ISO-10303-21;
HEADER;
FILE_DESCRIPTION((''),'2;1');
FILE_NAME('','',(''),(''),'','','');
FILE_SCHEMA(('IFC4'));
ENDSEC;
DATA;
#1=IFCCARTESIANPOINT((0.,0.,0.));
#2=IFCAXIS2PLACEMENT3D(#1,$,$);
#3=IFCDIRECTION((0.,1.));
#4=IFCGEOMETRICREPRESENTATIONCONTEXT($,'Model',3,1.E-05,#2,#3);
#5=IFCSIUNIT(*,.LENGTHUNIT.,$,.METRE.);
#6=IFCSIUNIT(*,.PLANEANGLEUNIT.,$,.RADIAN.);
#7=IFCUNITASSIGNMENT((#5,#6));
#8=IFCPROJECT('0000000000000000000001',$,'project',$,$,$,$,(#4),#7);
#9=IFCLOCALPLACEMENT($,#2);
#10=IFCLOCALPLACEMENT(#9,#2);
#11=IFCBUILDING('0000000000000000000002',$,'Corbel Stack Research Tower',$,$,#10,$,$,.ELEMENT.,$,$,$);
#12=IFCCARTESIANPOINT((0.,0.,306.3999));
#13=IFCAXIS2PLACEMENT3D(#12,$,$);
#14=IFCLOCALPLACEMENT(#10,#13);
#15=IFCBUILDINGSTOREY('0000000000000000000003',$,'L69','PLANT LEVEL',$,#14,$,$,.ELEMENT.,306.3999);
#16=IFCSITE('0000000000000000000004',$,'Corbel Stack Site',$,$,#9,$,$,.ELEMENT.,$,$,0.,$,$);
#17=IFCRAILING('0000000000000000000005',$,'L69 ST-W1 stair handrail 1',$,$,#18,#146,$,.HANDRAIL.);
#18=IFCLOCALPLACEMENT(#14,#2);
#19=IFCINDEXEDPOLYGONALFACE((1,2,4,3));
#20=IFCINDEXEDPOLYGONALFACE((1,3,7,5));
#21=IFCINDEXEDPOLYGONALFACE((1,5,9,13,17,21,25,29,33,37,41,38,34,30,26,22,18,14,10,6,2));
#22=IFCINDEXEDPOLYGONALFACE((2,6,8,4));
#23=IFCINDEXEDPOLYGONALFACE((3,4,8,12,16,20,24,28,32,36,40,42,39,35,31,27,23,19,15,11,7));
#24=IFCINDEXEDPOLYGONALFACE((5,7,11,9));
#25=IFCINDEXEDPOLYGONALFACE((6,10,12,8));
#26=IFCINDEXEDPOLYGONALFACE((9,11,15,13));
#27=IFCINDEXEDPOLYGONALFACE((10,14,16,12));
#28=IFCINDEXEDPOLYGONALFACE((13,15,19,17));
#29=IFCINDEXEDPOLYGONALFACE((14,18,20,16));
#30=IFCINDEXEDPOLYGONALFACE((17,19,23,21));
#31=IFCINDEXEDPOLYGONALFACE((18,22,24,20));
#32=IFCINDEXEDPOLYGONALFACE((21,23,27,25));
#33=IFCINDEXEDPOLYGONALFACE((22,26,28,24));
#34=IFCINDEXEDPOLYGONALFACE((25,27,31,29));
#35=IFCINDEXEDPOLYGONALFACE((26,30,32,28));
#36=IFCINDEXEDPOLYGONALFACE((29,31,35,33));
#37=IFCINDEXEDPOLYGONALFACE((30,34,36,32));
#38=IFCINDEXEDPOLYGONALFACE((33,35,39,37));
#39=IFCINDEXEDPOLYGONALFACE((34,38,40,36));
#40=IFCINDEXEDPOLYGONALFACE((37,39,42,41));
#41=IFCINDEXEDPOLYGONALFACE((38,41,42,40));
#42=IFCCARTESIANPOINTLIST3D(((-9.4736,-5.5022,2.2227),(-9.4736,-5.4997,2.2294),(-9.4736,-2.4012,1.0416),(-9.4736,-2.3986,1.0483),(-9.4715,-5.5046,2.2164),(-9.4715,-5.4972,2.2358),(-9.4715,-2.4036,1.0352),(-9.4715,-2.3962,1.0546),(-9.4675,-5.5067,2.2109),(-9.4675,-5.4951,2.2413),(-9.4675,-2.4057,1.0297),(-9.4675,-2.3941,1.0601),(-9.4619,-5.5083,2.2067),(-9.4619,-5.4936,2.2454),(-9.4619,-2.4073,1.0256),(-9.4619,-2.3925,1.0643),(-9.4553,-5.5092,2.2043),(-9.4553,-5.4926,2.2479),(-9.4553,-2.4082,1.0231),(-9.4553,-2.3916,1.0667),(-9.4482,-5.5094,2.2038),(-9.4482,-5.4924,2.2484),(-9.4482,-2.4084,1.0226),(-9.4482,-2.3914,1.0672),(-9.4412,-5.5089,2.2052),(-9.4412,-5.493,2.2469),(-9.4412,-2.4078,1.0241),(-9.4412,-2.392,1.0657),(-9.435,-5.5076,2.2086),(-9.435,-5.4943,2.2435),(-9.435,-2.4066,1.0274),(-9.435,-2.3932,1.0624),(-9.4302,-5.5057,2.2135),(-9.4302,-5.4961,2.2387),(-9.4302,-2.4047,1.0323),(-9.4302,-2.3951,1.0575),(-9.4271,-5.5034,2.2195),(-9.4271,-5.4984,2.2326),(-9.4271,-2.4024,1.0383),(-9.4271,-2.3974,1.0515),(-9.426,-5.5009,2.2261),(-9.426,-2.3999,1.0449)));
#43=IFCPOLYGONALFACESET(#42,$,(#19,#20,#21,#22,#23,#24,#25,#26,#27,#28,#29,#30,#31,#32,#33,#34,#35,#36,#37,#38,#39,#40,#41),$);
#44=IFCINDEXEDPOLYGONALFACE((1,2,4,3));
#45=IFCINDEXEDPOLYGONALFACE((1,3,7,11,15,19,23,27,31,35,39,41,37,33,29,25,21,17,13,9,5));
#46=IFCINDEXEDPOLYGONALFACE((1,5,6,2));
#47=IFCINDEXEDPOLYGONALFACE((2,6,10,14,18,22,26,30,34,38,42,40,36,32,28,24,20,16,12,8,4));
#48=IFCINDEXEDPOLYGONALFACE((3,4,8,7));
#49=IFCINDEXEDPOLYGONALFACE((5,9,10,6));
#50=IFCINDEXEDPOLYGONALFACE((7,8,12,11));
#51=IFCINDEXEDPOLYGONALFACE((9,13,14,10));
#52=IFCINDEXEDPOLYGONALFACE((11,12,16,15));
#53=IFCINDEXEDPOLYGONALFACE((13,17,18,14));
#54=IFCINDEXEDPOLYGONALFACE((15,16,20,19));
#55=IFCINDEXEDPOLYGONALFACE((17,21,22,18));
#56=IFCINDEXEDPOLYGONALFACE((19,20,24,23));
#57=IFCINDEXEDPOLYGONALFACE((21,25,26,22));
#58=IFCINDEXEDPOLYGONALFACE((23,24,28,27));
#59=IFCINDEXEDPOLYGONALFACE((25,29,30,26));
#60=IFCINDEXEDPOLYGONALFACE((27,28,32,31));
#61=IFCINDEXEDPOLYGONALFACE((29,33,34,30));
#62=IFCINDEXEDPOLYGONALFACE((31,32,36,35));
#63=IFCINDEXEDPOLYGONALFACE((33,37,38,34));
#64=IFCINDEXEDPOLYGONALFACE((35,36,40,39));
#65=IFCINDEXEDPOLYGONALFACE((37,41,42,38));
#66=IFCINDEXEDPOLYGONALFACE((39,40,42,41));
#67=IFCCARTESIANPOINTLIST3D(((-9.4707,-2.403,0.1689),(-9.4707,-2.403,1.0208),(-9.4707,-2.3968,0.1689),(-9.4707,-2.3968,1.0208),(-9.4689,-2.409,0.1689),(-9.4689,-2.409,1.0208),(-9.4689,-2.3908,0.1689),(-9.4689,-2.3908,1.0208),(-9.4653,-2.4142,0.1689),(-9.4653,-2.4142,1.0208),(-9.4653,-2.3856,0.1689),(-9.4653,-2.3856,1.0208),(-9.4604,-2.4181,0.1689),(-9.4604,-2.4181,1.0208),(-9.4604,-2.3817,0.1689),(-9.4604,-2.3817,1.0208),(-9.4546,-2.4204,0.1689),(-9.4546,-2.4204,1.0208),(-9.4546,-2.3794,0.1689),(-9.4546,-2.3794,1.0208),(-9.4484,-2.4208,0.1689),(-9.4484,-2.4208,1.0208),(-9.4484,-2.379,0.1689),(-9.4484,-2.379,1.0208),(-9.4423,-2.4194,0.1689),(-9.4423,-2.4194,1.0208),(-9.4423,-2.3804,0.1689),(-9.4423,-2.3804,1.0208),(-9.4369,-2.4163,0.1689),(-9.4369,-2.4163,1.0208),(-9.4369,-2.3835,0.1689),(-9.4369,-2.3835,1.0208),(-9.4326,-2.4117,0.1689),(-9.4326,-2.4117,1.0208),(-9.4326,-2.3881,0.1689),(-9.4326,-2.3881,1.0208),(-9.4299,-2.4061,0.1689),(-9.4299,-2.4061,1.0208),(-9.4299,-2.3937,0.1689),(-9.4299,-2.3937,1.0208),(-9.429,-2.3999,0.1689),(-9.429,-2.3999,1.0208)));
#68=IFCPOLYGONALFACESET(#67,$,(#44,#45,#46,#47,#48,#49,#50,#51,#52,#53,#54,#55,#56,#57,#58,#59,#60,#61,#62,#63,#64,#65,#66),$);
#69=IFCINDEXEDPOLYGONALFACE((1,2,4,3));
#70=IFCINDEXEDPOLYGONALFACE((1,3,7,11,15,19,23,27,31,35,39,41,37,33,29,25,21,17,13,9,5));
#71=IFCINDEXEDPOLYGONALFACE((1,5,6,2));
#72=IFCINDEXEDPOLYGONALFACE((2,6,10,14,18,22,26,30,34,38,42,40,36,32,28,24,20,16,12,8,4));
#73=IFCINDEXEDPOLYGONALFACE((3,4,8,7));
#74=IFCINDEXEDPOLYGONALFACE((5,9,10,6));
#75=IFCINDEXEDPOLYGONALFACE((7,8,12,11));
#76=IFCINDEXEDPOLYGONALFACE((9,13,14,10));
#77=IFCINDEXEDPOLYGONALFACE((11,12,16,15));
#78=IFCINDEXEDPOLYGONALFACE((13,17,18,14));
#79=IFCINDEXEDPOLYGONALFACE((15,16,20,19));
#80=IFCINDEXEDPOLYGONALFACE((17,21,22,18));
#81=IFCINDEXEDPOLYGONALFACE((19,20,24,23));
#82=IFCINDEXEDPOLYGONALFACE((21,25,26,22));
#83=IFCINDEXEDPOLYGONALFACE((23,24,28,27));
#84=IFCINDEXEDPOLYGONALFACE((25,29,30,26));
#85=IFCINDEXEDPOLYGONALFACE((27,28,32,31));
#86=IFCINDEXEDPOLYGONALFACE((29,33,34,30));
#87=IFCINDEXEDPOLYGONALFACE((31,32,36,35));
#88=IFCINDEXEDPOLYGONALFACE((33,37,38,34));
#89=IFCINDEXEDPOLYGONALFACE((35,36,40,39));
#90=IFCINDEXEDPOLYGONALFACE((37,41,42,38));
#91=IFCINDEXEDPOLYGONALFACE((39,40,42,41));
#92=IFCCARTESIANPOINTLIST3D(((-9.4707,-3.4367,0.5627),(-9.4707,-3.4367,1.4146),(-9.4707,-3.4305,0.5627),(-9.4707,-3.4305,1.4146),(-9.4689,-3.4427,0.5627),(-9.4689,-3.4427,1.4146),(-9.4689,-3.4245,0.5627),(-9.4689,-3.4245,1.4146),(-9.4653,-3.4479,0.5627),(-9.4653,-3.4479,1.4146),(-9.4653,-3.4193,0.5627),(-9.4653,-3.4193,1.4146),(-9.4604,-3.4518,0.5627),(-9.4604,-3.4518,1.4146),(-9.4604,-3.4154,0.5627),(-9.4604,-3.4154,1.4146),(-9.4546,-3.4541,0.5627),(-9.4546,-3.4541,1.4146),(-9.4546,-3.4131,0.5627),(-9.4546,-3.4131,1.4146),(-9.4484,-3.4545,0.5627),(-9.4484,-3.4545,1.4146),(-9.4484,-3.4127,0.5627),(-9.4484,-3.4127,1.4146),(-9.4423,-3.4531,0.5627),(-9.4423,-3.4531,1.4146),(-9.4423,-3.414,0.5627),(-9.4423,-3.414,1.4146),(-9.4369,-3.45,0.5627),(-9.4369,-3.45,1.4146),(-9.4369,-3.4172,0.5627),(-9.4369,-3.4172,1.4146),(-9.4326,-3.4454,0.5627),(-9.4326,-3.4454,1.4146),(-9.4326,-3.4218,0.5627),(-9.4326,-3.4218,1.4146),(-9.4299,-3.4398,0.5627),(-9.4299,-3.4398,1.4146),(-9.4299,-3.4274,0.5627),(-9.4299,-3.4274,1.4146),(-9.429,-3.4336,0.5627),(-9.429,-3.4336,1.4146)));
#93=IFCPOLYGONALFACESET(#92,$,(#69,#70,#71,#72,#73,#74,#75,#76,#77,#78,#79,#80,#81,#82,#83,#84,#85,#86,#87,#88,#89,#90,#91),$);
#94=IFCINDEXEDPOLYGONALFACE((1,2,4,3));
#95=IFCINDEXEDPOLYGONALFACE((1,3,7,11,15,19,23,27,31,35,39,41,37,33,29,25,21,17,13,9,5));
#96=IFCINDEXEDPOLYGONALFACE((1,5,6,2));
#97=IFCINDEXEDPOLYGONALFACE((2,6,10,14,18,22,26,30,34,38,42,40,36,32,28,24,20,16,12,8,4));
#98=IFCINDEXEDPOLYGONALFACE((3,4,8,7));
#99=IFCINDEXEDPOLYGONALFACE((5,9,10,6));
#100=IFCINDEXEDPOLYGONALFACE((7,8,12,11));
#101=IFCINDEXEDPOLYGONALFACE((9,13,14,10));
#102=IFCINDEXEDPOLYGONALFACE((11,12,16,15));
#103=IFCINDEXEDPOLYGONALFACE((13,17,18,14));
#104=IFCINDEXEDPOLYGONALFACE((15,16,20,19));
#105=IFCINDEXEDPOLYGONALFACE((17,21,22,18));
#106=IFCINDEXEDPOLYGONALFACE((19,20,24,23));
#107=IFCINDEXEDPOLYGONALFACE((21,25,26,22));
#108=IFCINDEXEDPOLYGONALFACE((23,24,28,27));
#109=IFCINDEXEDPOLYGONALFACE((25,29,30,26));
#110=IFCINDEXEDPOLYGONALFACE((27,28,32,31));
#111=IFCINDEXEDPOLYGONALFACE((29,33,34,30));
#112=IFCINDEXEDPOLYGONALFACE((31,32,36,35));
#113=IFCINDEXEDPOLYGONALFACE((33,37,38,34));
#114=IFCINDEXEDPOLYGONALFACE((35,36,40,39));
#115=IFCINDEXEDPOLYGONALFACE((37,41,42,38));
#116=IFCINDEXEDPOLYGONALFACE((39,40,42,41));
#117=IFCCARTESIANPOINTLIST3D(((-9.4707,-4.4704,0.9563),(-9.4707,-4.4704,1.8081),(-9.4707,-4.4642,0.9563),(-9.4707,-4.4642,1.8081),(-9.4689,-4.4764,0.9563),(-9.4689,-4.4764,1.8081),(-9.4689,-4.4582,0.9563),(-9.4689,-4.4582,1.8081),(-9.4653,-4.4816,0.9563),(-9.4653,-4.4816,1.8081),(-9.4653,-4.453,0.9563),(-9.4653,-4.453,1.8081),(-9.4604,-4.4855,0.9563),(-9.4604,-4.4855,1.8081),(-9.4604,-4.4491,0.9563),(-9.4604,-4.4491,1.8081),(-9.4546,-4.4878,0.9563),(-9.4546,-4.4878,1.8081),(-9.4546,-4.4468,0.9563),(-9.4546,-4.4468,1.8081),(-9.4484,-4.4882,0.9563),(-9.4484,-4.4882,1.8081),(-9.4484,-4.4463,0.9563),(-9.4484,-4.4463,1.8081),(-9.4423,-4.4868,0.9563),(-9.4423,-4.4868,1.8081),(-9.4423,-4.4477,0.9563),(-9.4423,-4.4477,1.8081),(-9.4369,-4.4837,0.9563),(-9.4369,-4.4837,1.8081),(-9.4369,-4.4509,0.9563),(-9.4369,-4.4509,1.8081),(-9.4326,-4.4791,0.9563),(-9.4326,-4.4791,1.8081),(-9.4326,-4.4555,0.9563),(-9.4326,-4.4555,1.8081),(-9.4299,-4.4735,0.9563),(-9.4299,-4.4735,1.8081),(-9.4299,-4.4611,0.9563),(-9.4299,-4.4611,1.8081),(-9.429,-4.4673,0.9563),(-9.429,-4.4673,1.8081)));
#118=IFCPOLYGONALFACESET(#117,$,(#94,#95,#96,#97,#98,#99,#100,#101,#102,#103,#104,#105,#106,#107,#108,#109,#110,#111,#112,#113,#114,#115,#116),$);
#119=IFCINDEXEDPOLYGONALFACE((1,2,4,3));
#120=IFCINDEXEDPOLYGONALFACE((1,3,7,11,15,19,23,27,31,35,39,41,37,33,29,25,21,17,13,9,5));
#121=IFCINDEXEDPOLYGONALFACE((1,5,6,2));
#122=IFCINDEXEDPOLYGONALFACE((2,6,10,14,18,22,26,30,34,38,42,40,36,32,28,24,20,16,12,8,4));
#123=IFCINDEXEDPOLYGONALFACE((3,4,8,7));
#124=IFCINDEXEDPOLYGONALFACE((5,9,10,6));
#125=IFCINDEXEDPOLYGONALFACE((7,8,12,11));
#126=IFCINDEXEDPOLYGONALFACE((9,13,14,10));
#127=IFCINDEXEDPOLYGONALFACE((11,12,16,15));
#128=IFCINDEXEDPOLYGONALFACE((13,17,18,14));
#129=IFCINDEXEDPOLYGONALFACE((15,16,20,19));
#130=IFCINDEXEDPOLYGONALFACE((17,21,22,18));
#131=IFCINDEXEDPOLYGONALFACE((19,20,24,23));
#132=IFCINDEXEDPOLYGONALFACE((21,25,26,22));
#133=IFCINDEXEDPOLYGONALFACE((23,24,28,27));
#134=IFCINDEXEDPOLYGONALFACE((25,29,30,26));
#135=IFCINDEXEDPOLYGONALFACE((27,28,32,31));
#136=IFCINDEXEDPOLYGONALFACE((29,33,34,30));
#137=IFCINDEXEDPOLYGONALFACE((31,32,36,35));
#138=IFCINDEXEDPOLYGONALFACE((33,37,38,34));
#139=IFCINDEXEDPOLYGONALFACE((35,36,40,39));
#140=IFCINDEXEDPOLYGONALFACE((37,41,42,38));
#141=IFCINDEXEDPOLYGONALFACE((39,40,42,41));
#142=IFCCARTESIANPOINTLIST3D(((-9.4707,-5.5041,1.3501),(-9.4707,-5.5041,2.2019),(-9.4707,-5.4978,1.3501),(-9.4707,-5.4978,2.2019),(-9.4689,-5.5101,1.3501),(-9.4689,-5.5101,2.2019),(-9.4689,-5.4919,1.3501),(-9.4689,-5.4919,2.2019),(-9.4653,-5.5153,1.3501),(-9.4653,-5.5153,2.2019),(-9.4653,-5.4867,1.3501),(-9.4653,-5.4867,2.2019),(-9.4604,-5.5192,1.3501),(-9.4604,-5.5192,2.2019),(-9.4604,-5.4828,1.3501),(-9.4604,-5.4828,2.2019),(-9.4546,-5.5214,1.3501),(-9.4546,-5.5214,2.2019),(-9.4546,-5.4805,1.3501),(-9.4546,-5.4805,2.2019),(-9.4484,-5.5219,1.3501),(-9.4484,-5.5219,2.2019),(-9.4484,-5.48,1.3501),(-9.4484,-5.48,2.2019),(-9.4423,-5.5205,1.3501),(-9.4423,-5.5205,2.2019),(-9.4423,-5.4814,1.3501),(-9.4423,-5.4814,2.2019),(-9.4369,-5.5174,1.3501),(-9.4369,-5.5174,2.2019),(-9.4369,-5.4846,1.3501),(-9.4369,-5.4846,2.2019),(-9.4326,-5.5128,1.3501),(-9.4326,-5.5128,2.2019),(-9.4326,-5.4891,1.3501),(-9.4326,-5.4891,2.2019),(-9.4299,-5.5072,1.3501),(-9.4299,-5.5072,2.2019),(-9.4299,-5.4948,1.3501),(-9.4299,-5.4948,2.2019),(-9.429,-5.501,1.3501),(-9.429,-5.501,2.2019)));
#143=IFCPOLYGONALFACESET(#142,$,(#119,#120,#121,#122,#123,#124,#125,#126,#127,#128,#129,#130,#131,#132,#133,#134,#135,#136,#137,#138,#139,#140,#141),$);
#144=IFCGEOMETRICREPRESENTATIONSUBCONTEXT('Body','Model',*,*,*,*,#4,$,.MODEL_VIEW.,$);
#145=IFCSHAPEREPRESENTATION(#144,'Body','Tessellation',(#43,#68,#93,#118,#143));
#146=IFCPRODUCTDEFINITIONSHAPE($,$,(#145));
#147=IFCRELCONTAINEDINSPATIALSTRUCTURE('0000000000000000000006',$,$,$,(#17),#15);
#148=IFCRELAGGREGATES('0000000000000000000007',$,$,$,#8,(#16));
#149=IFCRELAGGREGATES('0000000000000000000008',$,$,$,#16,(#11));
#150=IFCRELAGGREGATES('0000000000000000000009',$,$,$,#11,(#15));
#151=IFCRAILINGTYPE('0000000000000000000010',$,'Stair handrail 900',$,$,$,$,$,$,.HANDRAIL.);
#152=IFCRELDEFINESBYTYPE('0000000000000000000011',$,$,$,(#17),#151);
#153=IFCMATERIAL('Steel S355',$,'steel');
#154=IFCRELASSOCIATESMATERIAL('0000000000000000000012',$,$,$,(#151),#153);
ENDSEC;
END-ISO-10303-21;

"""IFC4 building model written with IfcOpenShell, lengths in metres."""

from ifc_helpers import new_model, si_unit, direction, frame, origin, origin_2d, place, context, subcontext, project, spatial, circle, extrude, material, type_object, element, save


model = new_model("IFC4")

# Units and contexts
model_context = context("Model", 3, precision=1e-05, world=origin(), true_north=direction((0.0, 1.0)))
body_context = subcontext(model_context, "Body", "Model", "MODEL_VIEW")
ifc_project = project(units=[si_unit("LENGTHUNIT", "METRE"), si_unit("PLANEANGLEUNIT", "RADIAN")], contexts=[model_context])

# Site, building, storey
site_placement = place(None, origin())
site = spatial("IfcSite", under=ifc_project, at=site_placement, Name="Corbel Stack Site", CompositionType="ELEMENT", RefElevation=0.0)
building_placement = place(site_placement, origin())
building = spatial("IfcBuilding", under=site, at=building_placement, Name="Corbel Stack Research Tower", CompositionType="ELEMENT")
storey_placement = place(building_placement, frame((0.0, 0.0, 306.3999)))
storey = spatial("IfcBuildingStorey", under=building, at=storey_placement, Name="L69", Description="PLANT LEVEL", CompositionType="ELEMENT", Elevation=306.3999)

# Railing
ifc_material_1 = material(Name="Steel S355", Category="steel")
railing_type_1 = type_object("IfcRailingType", Name="Stair handrail 900", PredefinedType="HANDRAIL", material=ifc_material_1)
for number, where, name in (
    (1, (-9.45, -2.3999, 0.1689), "L69 ST-W1 stair handrail 1"),
):
    element("IfcRailing", number, at=place(storey_placement, frame(where)), inside=storey, type_object=railing_type_1, Name=name, PredefinedType="HANDRAIL", context=body_context, shape_type="SweptSolid", body=[
        extrude(circle(Radius=0.0239, at=origin_2d()), frame((0.0, 0.0, 0.876), z_axis=(0.0, -0.934509, 0.35594), x_axis=(1.0, 0.0, 0.0)), (0.0, 0.0, 1.0), 3.3184),
        extrude(circle(Radius=0.021, at=origin_2d()), origin(), (0.0, 0.0, 1.0), 0.8518),
        extrude(circle(Radius=0.021, at=origin_2d()), frame((0.0, -1.0337, 0.3938)), (0.0, 0.0, 1.0), 0.8518),
        extrude(circle(Radius=0.021, at=origin_2d()), frame((0.0, -2.0674, 0.7874)), (0.0, 0.0, 1.0), 0.8518),
        extrude(circle(Radius=0.021, at=origin_2d()), frame((0.0, -3.1011, 1.1812)), (0.0, 0.0, 1.0), 0.8518),
    ])

save(model, "model.ifc")
